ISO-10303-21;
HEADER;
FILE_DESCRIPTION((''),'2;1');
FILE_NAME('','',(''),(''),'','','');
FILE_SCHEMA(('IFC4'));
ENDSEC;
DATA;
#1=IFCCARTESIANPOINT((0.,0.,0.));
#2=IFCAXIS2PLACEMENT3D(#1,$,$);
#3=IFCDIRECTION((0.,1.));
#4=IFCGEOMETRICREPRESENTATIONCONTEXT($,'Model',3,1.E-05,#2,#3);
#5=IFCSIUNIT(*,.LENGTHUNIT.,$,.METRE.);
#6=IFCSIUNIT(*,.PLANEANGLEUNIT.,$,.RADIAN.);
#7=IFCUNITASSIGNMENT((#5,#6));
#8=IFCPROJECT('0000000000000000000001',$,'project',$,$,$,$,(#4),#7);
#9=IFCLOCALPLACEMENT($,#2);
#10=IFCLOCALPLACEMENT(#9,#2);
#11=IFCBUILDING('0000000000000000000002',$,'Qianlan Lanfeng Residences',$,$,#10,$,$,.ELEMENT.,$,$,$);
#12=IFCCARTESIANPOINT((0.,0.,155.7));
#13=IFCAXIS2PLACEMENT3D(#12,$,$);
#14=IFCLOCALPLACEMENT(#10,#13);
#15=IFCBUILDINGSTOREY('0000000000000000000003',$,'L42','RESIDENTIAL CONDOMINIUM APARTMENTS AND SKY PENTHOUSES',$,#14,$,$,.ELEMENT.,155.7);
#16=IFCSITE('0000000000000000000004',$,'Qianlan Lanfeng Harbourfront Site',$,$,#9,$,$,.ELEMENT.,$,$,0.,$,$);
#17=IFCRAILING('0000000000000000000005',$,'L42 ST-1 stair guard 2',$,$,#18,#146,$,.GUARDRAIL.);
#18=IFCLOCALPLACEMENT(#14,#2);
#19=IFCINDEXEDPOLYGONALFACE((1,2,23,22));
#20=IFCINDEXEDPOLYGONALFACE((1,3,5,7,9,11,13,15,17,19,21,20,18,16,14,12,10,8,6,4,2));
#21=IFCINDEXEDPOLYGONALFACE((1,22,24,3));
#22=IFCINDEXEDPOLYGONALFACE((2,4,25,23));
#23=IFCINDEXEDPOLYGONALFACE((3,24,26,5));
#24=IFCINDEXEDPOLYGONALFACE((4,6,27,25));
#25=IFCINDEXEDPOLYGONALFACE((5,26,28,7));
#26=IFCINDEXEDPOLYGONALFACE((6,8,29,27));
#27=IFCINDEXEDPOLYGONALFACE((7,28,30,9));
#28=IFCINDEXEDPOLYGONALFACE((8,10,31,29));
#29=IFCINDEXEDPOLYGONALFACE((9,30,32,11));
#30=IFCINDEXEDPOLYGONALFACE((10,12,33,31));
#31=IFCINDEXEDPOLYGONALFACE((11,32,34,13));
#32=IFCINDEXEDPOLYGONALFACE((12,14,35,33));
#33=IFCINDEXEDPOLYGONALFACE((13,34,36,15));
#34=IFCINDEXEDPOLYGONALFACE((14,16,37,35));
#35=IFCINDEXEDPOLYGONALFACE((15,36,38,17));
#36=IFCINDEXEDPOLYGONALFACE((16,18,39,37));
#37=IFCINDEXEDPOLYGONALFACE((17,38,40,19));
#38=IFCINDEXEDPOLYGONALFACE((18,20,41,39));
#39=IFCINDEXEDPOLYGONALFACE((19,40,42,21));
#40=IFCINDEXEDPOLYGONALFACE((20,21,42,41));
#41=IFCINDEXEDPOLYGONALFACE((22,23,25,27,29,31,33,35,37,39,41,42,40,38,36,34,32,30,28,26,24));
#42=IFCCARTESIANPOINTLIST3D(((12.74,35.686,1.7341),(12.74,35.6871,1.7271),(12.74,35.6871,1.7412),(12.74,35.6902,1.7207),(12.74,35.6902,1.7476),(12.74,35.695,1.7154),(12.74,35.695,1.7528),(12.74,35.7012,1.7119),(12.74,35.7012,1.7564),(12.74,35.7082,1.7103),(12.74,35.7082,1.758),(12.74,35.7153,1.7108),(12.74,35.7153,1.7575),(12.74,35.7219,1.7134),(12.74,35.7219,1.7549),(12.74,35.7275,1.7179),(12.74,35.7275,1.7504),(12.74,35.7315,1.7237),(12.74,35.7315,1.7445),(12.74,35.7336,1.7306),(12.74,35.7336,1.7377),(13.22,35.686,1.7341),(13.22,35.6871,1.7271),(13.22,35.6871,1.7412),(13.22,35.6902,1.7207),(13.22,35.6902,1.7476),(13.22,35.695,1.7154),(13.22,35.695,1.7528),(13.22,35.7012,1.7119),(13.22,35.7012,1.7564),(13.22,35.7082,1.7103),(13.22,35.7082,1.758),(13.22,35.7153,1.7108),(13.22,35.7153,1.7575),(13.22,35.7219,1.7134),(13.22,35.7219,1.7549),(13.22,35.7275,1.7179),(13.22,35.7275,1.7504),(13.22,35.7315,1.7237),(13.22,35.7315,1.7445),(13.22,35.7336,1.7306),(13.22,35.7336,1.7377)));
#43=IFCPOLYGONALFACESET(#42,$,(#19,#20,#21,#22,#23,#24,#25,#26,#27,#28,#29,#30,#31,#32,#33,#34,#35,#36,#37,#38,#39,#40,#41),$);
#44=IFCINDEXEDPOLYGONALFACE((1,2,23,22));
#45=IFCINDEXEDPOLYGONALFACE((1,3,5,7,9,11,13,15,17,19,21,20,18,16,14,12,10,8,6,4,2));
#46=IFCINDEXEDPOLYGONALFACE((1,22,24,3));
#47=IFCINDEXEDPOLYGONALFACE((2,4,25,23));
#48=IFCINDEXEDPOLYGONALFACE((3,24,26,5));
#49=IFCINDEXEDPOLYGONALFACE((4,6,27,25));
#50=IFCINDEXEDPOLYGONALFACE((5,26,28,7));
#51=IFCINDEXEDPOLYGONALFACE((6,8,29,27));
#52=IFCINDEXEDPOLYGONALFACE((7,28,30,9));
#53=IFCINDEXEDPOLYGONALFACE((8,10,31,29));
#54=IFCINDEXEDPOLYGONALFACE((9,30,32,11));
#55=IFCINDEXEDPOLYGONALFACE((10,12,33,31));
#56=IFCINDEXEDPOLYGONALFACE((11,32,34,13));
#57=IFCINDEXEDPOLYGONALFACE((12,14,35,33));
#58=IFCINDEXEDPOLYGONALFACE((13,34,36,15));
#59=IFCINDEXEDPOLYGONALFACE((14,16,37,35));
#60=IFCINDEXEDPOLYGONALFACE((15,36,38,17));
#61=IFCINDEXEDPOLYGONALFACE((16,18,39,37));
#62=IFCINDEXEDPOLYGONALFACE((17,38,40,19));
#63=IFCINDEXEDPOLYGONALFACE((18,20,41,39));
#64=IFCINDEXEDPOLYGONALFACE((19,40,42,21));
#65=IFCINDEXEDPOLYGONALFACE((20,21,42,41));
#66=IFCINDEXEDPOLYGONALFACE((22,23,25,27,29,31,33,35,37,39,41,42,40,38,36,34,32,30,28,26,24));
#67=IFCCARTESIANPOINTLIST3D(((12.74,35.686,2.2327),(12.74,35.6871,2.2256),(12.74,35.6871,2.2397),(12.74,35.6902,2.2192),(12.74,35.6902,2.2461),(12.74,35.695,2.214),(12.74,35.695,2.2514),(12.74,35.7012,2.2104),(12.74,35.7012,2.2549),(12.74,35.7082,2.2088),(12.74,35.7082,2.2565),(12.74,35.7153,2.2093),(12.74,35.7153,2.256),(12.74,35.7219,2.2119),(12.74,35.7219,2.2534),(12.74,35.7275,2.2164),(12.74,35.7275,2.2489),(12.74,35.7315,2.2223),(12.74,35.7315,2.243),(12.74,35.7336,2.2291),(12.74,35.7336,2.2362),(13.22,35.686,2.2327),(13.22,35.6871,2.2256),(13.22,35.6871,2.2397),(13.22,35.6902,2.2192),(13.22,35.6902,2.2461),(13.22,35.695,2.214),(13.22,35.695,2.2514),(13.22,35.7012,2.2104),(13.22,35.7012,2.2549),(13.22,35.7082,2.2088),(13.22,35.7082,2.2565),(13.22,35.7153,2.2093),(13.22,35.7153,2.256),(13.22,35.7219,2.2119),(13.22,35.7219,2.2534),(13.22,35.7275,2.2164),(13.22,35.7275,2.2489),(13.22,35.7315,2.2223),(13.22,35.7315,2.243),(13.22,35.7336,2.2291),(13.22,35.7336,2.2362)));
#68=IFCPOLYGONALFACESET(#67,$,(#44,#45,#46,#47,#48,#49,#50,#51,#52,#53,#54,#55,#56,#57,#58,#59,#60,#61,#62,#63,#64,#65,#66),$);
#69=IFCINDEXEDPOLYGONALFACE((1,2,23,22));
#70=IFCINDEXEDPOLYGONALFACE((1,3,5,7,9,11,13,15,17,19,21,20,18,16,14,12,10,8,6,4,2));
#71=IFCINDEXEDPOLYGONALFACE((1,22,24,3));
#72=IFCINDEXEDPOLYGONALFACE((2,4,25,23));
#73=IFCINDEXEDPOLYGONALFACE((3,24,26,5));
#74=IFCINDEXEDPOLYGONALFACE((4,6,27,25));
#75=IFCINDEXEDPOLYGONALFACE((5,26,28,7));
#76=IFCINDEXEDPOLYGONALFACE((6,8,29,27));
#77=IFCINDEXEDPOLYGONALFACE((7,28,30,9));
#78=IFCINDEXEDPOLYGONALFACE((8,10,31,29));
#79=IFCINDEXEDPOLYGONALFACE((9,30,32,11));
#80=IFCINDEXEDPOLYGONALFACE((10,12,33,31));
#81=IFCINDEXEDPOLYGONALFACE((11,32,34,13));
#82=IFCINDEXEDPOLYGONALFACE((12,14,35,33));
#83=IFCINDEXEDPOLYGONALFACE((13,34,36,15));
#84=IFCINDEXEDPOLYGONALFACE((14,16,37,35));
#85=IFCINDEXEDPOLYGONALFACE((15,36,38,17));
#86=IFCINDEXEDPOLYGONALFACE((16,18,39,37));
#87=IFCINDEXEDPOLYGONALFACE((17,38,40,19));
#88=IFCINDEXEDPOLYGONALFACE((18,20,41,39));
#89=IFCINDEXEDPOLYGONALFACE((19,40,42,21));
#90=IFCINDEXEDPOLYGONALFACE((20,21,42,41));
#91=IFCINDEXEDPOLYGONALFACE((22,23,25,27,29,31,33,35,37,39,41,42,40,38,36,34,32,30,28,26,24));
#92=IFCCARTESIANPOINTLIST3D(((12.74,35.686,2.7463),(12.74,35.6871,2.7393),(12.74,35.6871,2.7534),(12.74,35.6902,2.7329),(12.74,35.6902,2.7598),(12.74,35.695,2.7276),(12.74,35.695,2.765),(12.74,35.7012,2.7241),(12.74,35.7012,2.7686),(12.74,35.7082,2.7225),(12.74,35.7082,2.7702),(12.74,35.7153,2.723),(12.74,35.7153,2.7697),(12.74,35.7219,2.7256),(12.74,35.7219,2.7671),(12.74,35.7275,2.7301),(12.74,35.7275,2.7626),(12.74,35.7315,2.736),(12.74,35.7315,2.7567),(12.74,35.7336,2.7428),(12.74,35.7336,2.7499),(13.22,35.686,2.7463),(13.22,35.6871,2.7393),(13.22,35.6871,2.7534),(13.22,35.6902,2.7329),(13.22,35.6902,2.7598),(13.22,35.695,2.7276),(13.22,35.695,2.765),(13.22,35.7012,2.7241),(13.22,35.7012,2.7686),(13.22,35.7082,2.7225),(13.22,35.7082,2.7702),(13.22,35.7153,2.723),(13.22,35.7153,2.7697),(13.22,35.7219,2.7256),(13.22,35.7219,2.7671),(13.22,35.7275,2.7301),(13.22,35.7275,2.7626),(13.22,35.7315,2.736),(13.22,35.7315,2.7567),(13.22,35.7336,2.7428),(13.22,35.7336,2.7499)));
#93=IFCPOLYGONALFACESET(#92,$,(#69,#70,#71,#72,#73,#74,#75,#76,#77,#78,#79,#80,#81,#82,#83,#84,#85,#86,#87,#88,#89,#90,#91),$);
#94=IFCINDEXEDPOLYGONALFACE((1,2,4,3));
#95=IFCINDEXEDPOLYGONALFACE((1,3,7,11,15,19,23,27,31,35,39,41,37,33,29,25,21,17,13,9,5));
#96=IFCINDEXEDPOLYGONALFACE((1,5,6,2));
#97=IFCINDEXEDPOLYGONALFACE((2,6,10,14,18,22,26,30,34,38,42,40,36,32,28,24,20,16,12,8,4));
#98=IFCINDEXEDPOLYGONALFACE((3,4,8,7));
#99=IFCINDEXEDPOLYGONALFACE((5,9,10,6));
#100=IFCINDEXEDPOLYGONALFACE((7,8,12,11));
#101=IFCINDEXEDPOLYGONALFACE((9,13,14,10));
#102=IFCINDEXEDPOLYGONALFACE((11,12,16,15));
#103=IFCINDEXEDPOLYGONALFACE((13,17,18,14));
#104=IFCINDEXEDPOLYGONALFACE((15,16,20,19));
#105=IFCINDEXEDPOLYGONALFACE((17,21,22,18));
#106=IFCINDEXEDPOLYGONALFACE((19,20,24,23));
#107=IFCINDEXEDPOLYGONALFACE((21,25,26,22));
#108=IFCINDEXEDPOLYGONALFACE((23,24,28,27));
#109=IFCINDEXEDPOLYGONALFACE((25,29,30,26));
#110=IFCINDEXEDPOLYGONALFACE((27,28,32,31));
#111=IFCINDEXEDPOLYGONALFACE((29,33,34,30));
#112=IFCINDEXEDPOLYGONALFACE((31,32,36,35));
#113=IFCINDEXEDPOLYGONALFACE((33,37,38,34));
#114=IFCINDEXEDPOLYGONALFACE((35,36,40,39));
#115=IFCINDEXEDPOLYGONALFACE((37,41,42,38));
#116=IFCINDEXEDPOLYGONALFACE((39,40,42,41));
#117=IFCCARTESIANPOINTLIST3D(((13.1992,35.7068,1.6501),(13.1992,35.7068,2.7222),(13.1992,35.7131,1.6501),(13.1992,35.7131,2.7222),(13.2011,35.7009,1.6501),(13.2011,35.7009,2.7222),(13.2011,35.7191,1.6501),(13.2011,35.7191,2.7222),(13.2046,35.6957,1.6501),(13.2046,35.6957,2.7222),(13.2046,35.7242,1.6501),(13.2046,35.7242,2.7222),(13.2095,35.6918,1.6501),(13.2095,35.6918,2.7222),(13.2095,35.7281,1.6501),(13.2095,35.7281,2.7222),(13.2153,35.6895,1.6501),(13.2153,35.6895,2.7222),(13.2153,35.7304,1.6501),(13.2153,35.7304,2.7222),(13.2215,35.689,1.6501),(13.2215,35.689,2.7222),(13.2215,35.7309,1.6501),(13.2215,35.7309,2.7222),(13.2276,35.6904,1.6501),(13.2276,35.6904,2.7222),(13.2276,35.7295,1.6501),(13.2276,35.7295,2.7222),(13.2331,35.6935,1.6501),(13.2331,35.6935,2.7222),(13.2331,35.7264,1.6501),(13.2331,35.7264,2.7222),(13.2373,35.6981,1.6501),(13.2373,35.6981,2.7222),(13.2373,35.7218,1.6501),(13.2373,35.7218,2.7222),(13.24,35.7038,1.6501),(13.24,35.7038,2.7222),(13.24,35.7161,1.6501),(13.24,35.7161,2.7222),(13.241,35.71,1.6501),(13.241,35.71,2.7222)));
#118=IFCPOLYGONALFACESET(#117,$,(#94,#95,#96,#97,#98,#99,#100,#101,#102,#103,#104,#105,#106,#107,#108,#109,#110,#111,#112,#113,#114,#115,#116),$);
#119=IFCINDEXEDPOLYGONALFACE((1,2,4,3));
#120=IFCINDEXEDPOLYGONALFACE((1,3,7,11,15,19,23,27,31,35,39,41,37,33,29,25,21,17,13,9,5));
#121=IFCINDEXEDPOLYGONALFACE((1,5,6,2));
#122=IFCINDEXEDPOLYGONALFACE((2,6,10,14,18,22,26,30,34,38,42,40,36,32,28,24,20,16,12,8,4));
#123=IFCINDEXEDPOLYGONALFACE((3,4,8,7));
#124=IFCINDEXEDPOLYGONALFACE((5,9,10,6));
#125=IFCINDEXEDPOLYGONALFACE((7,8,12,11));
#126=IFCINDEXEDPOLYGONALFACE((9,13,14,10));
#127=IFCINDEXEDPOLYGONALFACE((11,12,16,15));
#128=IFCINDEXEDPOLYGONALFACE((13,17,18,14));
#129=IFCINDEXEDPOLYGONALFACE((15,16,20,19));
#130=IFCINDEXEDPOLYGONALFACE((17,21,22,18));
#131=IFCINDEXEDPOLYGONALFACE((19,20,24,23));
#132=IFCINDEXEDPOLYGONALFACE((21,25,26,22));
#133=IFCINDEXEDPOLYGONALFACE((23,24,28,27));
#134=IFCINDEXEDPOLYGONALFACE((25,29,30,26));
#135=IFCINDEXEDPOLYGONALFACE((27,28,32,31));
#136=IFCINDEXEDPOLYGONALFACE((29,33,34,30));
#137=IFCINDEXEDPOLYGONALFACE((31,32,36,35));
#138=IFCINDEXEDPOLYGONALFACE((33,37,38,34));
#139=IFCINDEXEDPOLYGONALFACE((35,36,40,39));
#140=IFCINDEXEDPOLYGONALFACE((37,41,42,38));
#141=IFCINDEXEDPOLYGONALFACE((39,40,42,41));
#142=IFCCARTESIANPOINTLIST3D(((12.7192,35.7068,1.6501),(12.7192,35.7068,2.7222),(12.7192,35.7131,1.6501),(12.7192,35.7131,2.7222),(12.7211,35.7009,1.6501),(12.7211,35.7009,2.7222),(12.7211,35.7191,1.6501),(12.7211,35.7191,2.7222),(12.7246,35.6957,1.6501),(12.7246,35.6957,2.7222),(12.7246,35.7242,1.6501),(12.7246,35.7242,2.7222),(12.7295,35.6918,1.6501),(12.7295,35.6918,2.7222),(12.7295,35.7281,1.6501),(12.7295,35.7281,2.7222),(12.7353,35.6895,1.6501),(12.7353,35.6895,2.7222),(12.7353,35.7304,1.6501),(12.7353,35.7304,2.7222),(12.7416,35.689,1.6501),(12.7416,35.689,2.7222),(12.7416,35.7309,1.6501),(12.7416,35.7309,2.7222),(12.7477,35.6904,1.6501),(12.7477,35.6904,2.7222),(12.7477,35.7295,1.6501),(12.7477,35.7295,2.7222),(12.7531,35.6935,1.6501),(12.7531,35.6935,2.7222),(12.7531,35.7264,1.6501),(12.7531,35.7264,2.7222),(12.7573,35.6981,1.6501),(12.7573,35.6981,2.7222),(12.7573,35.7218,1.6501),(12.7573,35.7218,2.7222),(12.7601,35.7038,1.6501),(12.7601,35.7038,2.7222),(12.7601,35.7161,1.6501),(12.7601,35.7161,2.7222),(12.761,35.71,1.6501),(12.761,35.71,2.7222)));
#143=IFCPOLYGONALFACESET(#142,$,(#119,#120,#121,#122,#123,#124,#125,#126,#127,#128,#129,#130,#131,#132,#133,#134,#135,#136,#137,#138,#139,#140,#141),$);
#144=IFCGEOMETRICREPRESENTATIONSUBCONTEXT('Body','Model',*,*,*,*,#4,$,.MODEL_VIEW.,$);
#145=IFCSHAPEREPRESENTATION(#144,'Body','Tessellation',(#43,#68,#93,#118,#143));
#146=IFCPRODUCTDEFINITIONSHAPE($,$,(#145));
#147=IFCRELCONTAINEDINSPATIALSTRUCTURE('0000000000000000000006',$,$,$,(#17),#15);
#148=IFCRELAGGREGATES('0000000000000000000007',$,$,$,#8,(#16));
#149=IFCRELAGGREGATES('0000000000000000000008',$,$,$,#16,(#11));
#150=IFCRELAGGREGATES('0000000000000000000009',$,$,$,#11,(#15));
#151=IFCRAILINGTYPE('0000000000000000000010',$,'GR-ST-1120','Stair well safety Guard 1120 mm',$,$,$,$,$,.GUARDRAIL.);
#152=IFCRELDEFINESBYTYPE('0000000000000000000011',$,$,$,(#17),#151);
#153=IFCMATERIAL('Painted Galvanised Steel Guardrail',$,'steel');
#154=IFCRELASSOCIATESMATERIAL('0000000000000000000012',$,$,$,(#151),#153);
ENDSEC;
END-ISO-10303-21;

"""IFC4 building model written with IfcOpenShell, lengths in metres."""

from ifc_helpers import new_model, si_unit, direction, frame, origin, origin_2d, place, context, subcontext, project, spatial, circle, extrude, material, type_object, element, save


model = new_model("IFC4")

# Units and contexts
model_context = context("Model", 3, precision=1e-05, world=origin(), true_north=direction((0.0, 1.0)))
body_context = subcontext(model_context, "Body", "Model", "MODEL_VIEW")
ifc_project = project(units=[si_unit("LENGTHUNIT", "METRE"), si_unit("PLANEANGLEUNIT", "RADIAN")], contexts=[model_context])

# Site, building, storey
site_placement = place(None, origin())
site = spatial("IfcSite", under=ifc_project, at=site_placement, Name="Qianlan Lanfeng Harbourfront Site", CompositionType="ELEMENT", RefElevation=0.0)
building_placement = place(site_placement, origin())
building = spatial("IfcBuilding", under=site, at=building_placement, Name="Qianlan Lanfeng Residences", CompositionType="ELEMENT")
storey_placement = place(building_placement, frame((0.0, 0.0, 155.7)))
storey = spatial("IfcBuildingStorey", under=building, at=storey_placement, Name="L42", Description="RESIDENTIAL CONDOMINIUM APARTMENTS AND SKY PENTHOUSES", CompositionType="ELEMENT", Elevation=155.7)

# Railing
ifc_material_1 = material(Name="Painted Galvanised Steel Guardrail", Category="steel")
railing_type_1 = type_object("IfcRailingType", Name="GR-ST-1120", Description="Stair well safety Guard 1120 mm", PredefinedType="GUARDRAIL", material=ifc_material_1)
railing_1_placement = place(storey_placement, frame((13.22, 35.71, 1.6501)))
element("IfcRailing", 1, at=railing_1_placement, inside=storey, type_object=railing_type_1, Name="L42 ST-1 stair guard 2", PredefinedType="GUARDRAIL", context=body_context, shape_type="SweptSolid", body=[
    extrude(circle(Radius=0.0239, at=origin_2d()), frame((0.0, 0.0, 0.084), z_axis=(-1.0, 0.0, 0.0), x_axis=(0.0, -1.0, 0.0)), (0.0, 0.0, 1.0), 0.48),
    extrude(circle(Radius=0.0239, at=origin_2d()), frame((0.0, 0.0, 0.5825), z_axis=(-1.0, 0.0, 0.0), x_axis=(0.0, -1.0, 0.0)), (0.0, 0.0, 1.0), 0.48),
    extrude(circle(Radius=0.0239, at=origin_2d()), frame((0.0, 0.0, 1.0962), z_axis=(-1.0, 0.0, 0.0), x_axis=(0.0, -1.0, 0.0)), (0.0, 0.0, 1.0), 0.48),
    extrude(circle(Radius=0.021, at=origin_2d()), origin(), (0.0, 0.0, 1.0), 1.072),
    extrude(circle(Radius=0.021, at=origin_2d()), frame((-0.48, 0.0, 0.0)), (0.0, 0.0, 1.0), 1.072),
])

save(model, "model.ifc")
